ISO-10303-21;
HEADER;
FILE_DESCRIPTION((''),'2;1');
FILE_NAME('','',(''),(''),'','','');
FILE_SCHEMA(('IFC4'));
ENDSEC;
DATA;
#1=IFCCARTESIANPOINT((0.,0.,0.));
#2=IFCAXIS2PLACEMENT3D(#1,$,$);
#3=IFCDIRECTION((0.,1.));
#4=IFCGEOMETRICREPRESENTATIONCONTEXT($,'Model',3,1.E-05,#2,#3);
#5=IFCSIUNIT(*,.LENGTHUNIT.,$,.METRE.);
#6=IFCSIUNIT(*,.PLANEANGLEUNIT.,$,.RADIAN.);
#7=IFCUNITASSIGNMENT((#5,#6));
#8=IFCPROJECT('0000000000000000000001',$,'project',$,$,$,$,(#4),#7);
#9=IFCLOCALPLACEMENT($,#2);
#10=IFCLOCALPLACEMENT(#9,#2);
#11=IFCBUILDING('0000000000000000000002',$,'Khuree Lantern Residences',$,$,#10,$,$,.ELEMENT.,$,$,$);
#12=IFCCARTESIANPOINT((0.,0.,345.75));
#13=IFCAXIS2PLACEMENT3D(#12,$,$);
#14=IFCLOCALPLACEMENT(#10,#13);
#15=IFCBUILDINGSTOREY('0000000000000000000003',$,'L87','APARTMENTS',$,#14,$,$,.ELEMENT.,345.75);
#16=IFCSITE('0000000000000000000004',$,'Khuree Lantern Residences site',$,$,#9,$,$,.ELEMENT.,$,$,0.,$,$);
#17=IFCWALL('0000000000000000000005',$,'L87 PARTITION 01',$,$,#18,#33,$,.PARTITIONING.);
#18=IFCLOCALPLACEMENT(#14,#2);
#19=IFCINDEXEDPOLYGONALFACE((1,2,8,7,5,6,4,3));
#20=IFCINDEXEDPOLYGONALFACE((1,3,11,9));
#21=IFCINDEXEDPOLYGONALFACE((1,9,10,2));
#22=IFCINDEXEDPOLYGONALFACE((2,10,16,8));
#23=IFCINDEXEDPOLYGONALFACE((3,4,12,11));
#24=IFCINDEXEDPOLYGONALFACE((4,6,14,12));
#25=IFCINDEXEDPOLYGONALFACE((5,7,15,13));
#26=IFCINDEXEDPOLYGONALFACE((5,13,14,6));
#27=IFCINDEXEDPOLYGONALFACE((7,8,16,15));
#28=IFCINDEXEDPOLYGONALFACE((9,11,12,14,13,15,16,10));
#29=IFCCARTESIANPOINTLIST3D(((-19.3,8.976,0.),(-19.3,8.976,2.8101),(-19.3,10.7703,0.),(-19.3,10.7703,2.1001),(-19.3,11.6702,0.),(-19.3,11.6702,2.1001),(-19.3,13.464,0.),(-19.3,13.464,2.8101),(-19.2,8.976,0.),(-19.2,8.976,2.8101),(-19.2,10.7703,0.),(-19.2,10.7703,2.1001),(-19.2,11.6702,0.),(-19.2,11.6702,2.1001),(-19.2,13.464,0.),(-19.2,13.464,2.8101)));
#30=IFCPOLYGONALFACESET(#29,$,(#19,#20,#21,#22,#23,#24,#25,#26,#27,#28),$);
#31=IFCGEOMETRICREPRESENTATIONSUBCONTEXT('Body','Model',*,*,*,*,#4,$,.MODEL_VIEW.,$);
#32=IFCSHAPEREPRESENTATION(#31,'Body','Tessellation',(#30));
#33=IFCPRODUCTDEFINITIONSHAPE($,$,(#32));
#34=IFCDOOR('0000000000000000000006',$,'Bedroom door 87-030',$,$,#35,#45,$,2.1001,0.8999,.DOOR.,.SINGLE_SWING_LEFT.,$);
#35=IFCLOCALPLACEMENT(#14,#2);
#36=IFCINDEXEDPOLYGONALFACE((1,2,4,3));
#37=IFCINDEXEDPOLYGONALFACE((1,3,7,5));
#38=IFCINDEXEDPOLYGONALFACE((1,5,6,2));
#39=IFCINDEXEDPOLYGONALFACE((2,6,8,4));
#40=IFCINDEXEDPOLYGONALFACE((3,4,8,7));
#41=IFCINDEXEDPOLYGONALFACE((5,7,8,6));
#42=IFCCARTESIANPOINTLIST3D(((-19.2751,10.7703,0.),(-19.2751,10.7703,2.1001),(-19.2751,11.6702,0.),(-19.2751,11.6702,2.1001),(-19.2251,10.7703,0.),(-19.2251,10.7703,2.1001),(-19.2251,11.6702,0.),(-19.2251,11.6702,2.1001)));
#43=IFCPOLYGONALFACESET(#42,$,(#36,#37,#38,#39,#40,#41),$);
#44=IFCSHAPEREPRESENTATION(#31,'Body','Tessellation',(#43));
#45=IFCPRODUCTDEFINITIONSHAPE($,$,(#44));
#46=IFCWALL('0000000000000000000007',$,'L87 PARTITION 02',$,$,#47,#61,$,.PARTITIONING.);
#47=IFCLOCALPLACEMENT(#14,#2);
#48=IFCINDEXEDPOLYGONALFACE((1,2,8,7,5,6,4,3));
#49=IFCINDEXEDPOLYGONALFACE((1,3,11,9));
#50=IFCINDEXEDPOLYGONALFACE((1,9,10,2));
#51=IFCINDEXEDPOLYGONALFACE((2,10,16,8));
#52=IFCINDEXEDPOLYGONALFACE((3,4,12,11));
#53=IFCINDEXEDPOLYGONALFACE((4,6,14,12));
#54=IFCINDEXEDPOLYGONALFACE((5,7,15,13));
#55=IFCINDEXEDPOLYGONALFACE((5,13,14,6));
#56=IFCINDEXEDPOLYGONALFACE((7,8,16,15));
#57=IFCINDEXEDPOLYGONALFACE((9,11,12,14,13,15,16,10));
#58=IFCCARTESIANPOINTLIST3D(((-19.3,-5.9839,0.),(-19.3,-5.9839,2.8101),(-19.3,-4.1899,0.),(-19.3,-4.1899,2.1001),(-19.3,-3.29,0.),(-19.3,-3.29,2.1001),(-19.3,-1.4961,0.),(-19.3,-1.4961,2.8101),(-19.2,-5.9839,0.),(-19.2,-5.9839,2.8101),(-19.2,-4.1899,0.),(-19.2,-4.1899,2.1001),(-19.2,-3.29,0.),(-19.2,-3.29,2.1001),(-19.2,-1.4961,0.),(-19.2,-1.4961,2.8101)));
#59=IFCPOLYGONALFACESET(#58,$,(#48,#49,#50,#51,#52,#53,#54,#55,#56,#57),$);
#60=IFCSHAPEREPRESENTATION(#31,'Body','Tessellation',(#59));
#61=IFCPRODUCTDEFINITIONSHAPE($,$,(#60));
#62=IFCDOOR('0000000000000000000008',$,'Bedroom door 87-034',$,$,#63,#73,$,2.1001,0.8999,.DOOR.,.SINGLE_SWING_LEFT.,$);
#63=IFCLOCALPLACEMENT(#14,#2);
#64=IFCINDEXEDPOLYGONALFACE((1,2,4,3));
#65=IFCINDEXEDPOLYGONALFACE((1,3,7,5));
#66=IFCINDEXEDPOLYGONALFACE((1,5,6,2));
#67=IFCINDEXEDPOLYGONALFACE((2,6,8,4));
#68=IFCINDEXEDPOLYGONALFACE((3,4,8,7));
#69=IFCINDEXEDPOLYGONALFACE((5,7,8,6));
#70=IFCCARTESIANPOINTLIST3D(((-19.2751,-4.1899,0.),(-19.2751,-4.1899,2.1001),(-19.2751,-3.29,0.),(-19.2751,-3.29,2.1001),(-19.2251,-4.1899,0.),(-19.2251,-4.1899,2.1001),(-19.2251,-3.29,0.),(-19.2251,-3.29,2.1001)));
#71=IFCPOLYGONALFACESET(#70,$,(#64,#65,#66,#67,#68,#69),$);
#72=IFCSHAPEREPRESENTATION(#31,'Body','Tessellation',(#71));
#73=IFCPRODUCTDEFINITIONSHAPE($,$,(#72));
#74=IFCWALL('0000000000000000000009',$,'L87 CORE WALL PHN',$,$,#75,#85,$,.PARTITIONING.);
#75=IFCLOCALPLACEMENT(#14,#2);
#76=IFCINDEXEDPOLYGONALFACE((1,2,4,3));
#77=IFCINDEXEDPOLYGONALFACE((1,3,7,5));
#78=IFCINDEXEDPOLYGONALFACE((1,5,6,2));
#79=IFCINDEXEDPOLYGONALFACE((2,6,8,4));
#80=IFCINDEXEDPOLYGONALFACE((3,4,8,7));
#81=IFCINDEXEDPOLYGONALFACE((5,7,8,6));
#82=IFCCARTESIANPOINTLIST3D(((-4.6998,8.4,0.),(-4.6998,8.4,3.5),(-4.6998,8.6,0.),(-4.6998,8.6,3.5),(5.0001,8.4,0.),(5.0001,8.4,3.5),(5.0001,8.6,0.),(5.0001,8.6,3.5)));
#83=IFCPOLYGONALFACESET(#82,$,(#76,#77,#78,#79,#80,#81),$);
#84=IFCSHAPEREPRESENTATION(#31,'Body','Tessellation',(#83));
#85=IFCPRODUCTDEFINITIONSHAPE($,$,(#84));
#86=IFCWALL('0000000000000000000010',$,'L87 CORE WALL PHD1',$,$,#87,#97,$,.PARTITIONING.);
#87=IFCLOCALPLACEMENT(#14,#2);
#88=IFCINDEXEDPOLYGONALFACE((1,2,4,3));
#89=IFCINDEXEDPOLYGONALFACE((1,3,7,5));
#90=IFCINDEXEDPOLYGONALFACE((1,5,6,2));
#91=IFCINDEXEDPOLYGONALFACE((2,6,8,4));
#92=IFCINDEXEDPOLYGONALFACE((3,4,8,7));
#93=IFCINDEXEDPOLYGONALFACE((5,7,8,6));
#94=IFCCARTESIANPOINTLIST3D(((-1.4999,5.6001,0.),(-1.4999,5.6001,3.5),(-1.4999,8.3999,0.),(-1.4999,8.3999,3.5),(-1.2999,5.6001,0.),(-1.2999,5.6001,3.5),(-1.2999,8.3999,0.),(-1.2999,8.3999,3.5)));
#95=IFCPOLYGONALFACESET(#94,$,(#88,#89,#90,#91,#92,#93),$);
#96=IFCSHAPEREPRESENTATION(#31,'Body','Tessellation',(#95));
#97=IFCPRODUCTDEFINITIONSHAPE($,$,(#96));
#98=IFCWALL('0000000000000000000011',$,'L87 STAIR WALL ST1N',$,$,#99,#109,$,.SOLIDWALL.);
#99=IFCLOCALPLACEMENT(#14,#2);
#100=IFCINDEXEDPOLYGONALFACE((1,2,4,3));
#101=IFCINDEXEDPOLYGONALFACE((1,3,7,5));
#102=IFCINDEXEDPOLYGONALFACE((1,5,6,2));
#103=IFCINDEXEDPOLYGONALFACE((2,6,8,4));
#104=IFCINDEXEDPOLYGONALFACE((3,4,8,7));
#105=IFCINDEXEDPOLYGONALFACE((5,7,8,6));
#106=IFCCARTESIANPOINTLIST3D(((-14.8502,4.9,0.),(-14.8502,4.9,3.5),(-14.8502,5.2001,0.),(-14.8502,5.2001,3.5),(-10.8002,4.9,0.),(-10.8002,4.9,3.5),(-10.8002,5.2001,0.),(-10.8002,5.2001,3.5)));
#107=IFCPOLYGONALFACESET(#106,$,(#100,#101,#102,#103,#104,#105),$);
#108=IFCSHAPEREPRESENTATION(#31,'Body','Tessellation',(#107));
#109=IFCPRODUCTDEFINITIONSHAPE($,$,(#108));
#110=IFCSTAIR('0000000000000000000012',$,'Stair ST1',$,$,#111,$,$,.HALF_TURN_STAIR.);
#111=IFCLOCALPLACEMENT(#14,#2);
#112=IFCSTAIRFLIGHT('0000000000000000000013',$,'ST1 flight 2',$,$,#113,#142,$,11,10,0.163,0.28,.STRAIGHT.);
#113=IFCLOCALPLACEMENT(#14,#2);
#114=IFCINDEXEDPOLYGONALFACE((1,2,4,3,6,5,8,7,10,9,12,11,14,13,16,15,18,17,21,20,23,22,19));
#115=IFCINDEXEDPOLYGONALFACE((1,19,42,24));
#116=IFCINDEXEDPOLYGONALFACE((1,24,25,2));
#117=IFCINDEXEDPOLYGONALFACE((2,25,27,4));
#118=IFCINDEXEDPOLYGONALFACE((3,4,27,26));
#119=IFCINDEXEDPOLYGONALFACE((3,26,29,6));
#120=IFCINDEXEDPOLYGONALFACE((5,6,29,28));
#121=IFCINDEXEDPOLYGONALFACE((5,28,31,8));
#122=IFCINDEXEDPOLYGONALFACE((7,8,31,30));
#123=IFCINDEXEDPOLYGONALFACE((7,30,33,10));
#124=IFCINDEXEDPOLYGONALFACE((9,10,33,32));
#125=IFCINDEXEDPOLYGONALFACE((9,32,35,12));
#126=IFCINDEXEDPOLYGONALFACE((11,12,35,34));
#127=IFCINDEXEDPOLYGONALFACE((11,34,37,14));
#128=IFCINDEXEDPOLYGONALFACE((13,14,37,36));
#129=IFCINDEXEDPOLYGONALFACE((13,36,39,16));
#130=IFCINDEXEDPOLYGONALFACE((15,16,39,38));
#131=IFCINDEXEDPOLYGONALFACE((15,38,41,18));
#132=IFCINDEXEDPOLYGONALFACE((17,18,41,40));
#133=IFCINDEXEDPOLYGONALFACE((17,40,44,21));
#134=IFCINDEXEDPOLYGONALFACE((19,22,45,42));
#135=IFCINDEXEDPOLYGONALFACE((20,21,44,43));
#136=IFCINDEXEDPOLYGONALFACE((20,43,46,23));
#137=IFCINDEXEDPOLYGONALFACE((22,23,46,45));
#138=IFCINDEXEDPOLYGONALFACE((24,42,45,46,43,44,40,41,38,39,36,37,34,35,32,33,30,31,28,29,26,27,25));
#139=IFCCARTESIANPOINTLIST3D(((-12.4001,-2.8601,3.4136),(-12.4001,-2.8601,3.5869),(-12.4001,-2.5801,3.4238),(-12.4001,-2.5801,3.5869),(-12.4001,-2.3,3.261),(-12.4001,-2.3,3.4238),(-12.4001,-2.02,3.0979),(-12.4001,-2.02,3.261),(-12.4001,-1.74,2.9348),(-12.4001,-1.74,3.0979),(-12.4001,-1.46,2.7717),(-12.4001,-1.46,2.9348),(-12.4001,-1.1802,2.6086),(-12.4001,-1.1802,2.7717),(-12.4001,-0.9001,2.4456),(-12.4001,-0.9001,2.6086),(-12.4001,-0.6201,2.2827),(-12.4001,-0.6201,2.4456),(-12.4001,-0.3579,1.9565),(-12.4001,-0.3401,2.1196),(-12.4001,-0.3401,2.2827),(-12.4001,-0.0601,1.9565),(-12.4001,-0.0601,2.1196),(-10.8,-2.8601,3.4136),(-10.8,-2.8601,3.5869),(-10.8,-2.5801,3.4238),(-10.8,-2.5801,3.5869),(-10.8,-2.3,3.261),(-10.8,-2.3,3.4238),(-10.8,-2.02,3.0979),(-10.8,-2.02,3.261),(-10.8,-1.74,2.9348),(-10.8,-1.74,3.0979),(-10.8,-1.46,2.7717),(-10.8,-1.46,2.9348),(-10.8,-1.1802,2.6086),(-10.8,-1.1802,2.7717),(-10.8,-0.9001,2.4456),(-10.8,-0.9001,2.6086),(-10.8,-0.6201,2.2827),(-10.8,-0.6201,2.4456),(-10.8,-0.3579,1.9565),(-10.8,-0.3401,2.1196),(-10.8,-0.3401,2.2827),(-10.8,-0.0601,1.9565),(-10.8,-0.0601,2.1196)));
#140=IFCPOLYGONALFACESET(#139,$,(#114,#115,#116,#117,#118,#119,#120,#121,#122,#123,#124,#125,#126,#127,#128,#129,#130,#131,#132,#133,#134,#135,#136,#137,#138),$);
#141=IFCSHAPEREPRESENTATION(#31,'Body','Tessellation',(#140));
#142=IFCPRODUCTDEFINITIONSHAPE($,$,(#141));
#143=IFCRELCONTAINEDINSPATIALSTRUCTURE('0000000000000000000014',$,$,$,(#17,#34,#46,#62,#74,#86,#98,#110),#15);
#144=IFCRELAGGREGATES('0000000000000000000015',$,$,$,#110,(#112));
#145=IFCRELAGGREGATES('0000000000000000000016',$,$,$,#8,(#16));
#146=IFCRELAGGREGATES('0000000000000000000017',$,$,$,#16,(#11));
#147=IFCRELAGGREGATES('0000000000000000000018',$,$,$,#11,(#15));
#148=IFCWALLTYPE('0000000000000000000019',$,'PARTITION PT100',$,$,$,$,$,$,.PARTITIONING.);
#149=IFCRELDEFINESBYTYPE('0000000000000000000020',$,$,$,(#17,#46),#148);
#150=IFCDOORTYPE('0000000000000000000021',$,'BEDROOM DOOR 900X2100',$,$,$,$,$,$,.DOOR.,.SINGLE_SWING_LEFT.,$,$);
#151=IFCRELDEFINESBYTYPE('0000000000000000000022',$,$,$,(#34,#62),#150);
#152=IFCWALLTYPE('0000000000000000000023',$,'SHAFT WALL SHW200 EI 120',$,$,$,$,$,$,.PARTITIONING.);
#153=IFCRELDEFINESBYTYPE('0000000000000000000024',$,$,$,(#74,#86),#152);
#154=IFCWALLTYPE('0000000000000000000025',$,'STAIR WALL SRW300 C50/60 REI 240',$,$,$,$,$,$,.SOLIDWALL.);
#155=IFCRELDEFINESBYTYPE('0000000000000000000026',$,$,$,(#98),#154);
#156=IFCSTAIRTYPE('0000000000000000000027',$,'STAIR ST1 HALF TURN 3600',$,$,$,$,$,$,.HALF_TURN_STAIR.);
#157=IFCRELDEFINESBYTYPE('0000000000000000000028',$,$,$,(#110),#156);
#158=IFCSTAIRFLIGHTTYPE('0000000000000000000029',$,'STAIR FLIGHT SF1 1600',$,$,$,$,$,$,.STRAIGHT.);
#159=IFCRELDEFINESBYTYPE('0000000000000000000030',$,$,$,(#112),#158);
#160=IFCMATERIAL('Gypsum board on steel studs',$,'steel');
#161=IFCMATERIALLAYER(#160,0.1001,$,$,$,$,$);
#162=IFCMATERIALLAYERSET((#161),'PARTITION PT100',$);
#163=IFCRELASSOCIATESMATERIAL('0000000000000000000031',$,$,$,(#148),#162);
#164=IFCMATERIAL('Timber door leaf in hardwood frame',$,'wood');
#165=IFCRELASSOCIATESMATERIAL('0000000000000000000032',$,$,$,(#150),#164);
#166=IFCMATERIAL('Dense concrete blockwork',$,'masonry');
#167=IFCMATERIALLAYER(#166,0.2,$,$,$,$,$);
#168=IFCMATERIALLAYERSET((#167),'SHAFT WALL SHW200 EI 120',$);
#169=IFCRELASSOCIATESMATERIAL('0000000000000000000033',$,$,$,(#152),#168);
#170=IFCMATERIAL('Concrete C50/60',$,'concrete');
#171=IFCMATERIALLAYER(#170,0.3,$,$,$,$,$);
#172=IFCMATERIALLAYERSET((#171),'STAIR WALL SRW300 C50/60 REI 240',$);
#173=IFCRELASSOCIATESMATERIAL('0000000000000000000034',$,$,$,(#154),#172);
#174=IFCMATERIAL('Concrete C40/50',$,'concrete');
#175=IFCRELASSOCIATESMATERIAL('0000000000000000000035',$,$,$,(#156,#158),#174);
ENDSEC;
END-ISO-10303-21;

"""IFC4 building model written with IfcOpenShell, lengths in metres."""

from ifc_helpers import new_model, si_unit, direction, frame, frame_2d, origin, place, context, subcontext, project, spatial, polyline, rectangle, outline, extrude, material, layer, layer_set, type_object, element, fill, aggregate, save


model = new_model("IFC4")

# Units and contexts
model_context = context("Model", 3, precision=1e-05, world=origin(), true_north=direction((0.0, 1.0)))
body_context = subcontext(model_context, "Body", "Model", "MODEL_VIEW")
ifc_project = project(units=[si_unit("LENGTHUNIT", "METRE"), si_unit("PLANEANGLEUNIT", "RADIAN")], contexts=[model_context])

# Site, building, storey
site_placement = place(None, origin())
site = spatial("IfcSite", under=ifc_project, at=site_placement, Name="Khuree Lantern Residences site", CompositionType="ELEMENT", RefElevation=0.0)
building_placement = place(site_placement, origin())
building = spatial("IfcBuilding", under=site, at=building_placement, Name="Khuree Lantern Residences", CompositionType="ELEMENT")
storey_placement = place(building_placement, frame((0.0, 0.0, 345.75)))
storey = spatial("IfcBuildingStorey", under=building, at=storey_placement, Name="L87", Description="APARTMENTS", CompositionType="ELEMENT", Elevation=345.75)

# Shared definitions
ifc_material_1 = material(Name="Concrete C50/60", Category="concrete")

# Shared definitions
ifc_material_2 = material(Name="Dense concrete blockwork", Category="masonry")

# Shared definitions
ifc_material_3 = material(Name="Timber door leaf in hardwood frame", Category="wood")

# Shared definitions
ifc_material_4 = material(Name="Gypsum board on steel studs", Category="steel")
ifc_layer_1 = layer(ifc_material_4, 0.1001)
ifc_layer_set_1 = layer_set([ifc_layer_1], Name="PARTITION PT100")
wall_type_1 = type_object("IfcWallType", Name="PARTITION PT100", PredefinedType="PARTITIONING", material=ifc_layer_set_1)

# Walls, openings, doors
wall_1_placement = place(storey_placement, frame((-19.25, 13.4641, 0.0), z_axis=(0.0, 0.0, 1.0), x_axis=(0.0, -1.0, 0.0)))
wall_1 = element("IfcWall", 1, at=wall_1_placement, inside=storey, type_object=wall_type_1, Name="L87 PARTITION 01", PredefinedType="PARTITIONING", context=body_context, shape_type="SweptSolid", body=[
    extrude(rectangle(XDim=4.488, YDim=0.1001, at=frame_2d((2.2441, 0.0))), origin(), (0.0, 0.0, 1.0), 2.8101),
])
opening_1_placement = place(wall_1_placement, frame((1.7939, 0.0, 0.0)))
opening_1 = element("IfcOpeningElement", 2, at=opening_1_placement, cuts=wall_1, PredefinedType="OPENING", context=body_context, shape_type="SweptSolid", body=[
    extrude(rectangle(XDim=0.8999, YDim=2.1001, at=frame_2d((0.45, 1.05))), frame((0.0, 0.0601, 0.0), z_axis=(0.0, -1.0, 0.0), x_axis=(1.0, 0.0, 0.0)), (0.0, 0.0, 1.0), 0.1201),
])
door_type_1 = type_object("IfcDoorType", Name="BEDROOM DOOR 900X2100", OperationType="SINGLE_SWING_LEFT", PredefinedType="DOOR", material=ifc_material_3)
door_1_placement = place(opening_1_placement, origin())
door_1 = element("IfcDoor", 3, at=door_1_placement, inside=storey, type_object=door_type_1, Name="Bedroom door 87-030", OperationType="SINGLE_SWING_LEFT", OverallHeight=2.1001, OverallWidth=0.8999, PredefinedType="DOOR", context=body_context, shape_type="SweptSolid", body=[
    extrude(rectangle(XDim=0.8999, YDim=2.1001, at=frame_2d((0.45, 1.05))), frame((0.0, 0.0249, 0.0), z_axis=(0.0, -1.0, 0.0), x_axis=(1.0, 0.0, 0.0)), (0.0, 0.0, 1.0), 0.05),
])
fill(opening_1, door_1)
wall_2_placement = place(storey_placement, frame((-19.25, -1.4961, 0.0), z_axis=(0.0, 0.0, 1.0), x_axis=(0.0, -1.0, 0.0)))
wall_2 = element("IfcWall", 4, at=wall_2_placement, inside=storey, type_object=wall_type_1, Name="L87 PARTITION 02", PredefinedType="PARTITIONING", context=body_context, shape_type="SweptSolid", body=[
    extrude(rectangle(XDim=4.4878, YDim=0.1001, at=frame_2d((2.2439, 0.0))), origin(), (0.0, 0.0, 1.0), 2.8101),
])
opening_2_placement = place(wall_2_placement, frame((1.7939, 0.0, 0.0)))
opening_2 = element("IfcOpeningElement", 5, at=opening_2_placement, cuts=wall_2, PredefinedType="OPENING", context=body_context, shape_type="SweptSolid", body=[
    extrude(rectangle(XDim=0.8999, YDim=2.1001, at=frame_2d((0.45, 1.05))), frame((0.0, 0.0601, 0.0), z_axis=(0.0, -1.0, 0.0), x_axis=(1.0, 0.0, 0.0)), (0.0, 0.0, 1.0), 0.1201),
])
door_2_placement = place(opening_2_placement, origin())
door_2 = element("IfcDoor", 6, at=door_2_placement, inside=storey, type_object=door_type_1, Name="Bedroom door 87-034", OperationType="SINGLE_SWING_LEFT", OverallHeight=2.1001, OverallWidth=0.8999, PredefinedType="DOOR", context=body_context, shape_type="SweptSolid", body=[
    extrude(rectangle(XDim=0.8999, YDim=2.1001, at=frame_2d((0.45, 1.05))), frame((0.0, 0.0249, 0.0), z_axis=(0.0, -1.0, 0.0), x_axis=(1.0, 0.0, 0.0)), (0.0, 0.0, 1.0), 0.05),
])
fill(opening_2, door_2)

# Walls
ifc_layer_2 = layer(ifc_material_2, 0.2)
ifc_layer_set_2 = layer_set([ifc_layer_2], Name="SHAFT WALL SHW200 EI 120")
wall_type_2 = type_object("IfcWallType", Name="SHAFT WALL SHW200 EI 120", PredefinedType="PARTITIONING", material=ifc_layer_set_2)
wall_3_placement = place(storey_placement, frame((-4.7, 8.5, 0.0), z_axis=(0.0, 0.0, 1.0), x_axis=(1.0, 0.0, 0.0)))
element("IfcWall", 7, at=wall_3_placement, inside=storey, type_object=wall_type_2, Name="L87 CORE WALL PHN", PredefinedType="PARTITIONING", context=body_context, shape_type="SweptSolid", body=[
    extrude(rectangle(XDim=9.7, YDim=0.2, at=frame_2d((4.8501, 0.0))), origin(), (0.0, 0.0, 1.0), 3.5),
])
wall_4_placement = place(storey_placement, frame((-1.3999, 5.6001, 0.0), z_axis=(0.0, 0.0, 1.0), x_axis=(0.0, 1.0, 0.0)))
element("IfcWall", 8, at=wall_4_placement, inside=storey, type_object=wall_type_2, Name="L87 CORE WALL PHD1", PredefinedType="PARTITIONING", context=body_context, shape_type="SweptSolid", body=[
    extrude(rectangle(XDim=2.7998, YDim=0.2, at=frame_2d((1.3999, 0.0))), origin(), (0.0, 0.0, 1.0), 3.5),
])
ifc_layer_3 = layer(ifc_material_1, 0.3)
ifc_layer_set_3 = layer_set([ifc_layer_3], Name="STAIR WALL SRW300 C50/60 REI 240")
wall_type_3 = type_object("IfcWallType", Name="STAIR WALL SRW300 C50/60 REI 240", PredefinedType="SOLIDWALL", material=ifc_layer_set_3)
wall_5_placement = place(storey_placement, frame((-14.8501, 5.05, 0.0), z_axis=(0.0, 0.0, 1.0), x_axis=(1.0, 0.0, 0.0)))
element("IfcWall", 9, at=wall_5_placement, inside=storey, type_object=wall_type_3, Name="L87 STAIR WALL ST1N", PredefinedType="SOLIDWALL", context=body_context, shape_type="SweptSolid", body=[
    extrude(rectangle(XDim=4.05, YDim=0.3, at=frame_2d((2.0249, 0.0))), origin(), (0.0, 0.0, 1.0), 3.5),
])

# Stair, stair flight
ifc_material_5 = material(Name="Concrete C40/50", Category="concrete")
stair_type = type_object("IfcStairType", Name="STAIR ST1 HALF TURN 3600", PredefinedType="HALF_TURN_STAIR", material=ifc_material_5)
stair_placement = place(storey_placement, origin())
stair = element("IfcStair", 10, at=stair_placement, inside=storey, type_object=stair_type, Name="Stair ST1", PredefinedType="HALF_TURN_STAIR")
stair_flight_type = type_object("IfcStairFlightType", Name="STAIR FLIGHT SF1 1600", PredefinedType="STRAIGHT", material=ifc_material_5)
stair_flight_placement = place(storey_placement, frame((-11.6001, -0.0601, 1.9565), z_axis=(0.0, 0.0, 1.0), x_axis=(0.0, -1.0, 0.0)))
stair_flight = element("IfcStairFlight", 11, at=stair_flight_placement, type_object=stair_flight_type, Name="ST1 flight 2", NumberOfRisers=11, NumberOfTreads=10, PredefinedType="STRAIGHT", RiserHeight=0.163, TreadLength=0.28, context=body_context, shape_type="SweptSolid", body=[
    extrude(outline(polyline([(0.0, 0.0), (0.0, 0.1631), (0.28, 0.1631), (0.28, 0.3262), (0.5601, 0.3262), (0.5601, 0.489), (0.8401, 0.489), (0.8401, 0.6521), (1.1201, 0.6521), (1.1201, 0.8152), (1.3999, 0.8152), (1.3999, 0.9783), (1.6799, 0.9783), (1.6799, 1.1414), (1.96, 1.1414), (1.96, 1.3044), (2.24, 1.3044), (2.24, 1.4673), (2.52, 1.4673), (2.52, 1.6304), (2.8, 1.6304), (2.8, 1.7935), (2.8, 1.457), (0.2979, 0.0), (0.0, 0.0)])), frame((0.0, 0.8, 0.0), z_axis=(0.0, -1.0, 0.0), x_axis=(1.0, 0.0, 0.0)), (0.0, 0.0, 1.0), 1.6001),
])
aggregate(stair, [stair_flight])

save(model, "model.ifc")
